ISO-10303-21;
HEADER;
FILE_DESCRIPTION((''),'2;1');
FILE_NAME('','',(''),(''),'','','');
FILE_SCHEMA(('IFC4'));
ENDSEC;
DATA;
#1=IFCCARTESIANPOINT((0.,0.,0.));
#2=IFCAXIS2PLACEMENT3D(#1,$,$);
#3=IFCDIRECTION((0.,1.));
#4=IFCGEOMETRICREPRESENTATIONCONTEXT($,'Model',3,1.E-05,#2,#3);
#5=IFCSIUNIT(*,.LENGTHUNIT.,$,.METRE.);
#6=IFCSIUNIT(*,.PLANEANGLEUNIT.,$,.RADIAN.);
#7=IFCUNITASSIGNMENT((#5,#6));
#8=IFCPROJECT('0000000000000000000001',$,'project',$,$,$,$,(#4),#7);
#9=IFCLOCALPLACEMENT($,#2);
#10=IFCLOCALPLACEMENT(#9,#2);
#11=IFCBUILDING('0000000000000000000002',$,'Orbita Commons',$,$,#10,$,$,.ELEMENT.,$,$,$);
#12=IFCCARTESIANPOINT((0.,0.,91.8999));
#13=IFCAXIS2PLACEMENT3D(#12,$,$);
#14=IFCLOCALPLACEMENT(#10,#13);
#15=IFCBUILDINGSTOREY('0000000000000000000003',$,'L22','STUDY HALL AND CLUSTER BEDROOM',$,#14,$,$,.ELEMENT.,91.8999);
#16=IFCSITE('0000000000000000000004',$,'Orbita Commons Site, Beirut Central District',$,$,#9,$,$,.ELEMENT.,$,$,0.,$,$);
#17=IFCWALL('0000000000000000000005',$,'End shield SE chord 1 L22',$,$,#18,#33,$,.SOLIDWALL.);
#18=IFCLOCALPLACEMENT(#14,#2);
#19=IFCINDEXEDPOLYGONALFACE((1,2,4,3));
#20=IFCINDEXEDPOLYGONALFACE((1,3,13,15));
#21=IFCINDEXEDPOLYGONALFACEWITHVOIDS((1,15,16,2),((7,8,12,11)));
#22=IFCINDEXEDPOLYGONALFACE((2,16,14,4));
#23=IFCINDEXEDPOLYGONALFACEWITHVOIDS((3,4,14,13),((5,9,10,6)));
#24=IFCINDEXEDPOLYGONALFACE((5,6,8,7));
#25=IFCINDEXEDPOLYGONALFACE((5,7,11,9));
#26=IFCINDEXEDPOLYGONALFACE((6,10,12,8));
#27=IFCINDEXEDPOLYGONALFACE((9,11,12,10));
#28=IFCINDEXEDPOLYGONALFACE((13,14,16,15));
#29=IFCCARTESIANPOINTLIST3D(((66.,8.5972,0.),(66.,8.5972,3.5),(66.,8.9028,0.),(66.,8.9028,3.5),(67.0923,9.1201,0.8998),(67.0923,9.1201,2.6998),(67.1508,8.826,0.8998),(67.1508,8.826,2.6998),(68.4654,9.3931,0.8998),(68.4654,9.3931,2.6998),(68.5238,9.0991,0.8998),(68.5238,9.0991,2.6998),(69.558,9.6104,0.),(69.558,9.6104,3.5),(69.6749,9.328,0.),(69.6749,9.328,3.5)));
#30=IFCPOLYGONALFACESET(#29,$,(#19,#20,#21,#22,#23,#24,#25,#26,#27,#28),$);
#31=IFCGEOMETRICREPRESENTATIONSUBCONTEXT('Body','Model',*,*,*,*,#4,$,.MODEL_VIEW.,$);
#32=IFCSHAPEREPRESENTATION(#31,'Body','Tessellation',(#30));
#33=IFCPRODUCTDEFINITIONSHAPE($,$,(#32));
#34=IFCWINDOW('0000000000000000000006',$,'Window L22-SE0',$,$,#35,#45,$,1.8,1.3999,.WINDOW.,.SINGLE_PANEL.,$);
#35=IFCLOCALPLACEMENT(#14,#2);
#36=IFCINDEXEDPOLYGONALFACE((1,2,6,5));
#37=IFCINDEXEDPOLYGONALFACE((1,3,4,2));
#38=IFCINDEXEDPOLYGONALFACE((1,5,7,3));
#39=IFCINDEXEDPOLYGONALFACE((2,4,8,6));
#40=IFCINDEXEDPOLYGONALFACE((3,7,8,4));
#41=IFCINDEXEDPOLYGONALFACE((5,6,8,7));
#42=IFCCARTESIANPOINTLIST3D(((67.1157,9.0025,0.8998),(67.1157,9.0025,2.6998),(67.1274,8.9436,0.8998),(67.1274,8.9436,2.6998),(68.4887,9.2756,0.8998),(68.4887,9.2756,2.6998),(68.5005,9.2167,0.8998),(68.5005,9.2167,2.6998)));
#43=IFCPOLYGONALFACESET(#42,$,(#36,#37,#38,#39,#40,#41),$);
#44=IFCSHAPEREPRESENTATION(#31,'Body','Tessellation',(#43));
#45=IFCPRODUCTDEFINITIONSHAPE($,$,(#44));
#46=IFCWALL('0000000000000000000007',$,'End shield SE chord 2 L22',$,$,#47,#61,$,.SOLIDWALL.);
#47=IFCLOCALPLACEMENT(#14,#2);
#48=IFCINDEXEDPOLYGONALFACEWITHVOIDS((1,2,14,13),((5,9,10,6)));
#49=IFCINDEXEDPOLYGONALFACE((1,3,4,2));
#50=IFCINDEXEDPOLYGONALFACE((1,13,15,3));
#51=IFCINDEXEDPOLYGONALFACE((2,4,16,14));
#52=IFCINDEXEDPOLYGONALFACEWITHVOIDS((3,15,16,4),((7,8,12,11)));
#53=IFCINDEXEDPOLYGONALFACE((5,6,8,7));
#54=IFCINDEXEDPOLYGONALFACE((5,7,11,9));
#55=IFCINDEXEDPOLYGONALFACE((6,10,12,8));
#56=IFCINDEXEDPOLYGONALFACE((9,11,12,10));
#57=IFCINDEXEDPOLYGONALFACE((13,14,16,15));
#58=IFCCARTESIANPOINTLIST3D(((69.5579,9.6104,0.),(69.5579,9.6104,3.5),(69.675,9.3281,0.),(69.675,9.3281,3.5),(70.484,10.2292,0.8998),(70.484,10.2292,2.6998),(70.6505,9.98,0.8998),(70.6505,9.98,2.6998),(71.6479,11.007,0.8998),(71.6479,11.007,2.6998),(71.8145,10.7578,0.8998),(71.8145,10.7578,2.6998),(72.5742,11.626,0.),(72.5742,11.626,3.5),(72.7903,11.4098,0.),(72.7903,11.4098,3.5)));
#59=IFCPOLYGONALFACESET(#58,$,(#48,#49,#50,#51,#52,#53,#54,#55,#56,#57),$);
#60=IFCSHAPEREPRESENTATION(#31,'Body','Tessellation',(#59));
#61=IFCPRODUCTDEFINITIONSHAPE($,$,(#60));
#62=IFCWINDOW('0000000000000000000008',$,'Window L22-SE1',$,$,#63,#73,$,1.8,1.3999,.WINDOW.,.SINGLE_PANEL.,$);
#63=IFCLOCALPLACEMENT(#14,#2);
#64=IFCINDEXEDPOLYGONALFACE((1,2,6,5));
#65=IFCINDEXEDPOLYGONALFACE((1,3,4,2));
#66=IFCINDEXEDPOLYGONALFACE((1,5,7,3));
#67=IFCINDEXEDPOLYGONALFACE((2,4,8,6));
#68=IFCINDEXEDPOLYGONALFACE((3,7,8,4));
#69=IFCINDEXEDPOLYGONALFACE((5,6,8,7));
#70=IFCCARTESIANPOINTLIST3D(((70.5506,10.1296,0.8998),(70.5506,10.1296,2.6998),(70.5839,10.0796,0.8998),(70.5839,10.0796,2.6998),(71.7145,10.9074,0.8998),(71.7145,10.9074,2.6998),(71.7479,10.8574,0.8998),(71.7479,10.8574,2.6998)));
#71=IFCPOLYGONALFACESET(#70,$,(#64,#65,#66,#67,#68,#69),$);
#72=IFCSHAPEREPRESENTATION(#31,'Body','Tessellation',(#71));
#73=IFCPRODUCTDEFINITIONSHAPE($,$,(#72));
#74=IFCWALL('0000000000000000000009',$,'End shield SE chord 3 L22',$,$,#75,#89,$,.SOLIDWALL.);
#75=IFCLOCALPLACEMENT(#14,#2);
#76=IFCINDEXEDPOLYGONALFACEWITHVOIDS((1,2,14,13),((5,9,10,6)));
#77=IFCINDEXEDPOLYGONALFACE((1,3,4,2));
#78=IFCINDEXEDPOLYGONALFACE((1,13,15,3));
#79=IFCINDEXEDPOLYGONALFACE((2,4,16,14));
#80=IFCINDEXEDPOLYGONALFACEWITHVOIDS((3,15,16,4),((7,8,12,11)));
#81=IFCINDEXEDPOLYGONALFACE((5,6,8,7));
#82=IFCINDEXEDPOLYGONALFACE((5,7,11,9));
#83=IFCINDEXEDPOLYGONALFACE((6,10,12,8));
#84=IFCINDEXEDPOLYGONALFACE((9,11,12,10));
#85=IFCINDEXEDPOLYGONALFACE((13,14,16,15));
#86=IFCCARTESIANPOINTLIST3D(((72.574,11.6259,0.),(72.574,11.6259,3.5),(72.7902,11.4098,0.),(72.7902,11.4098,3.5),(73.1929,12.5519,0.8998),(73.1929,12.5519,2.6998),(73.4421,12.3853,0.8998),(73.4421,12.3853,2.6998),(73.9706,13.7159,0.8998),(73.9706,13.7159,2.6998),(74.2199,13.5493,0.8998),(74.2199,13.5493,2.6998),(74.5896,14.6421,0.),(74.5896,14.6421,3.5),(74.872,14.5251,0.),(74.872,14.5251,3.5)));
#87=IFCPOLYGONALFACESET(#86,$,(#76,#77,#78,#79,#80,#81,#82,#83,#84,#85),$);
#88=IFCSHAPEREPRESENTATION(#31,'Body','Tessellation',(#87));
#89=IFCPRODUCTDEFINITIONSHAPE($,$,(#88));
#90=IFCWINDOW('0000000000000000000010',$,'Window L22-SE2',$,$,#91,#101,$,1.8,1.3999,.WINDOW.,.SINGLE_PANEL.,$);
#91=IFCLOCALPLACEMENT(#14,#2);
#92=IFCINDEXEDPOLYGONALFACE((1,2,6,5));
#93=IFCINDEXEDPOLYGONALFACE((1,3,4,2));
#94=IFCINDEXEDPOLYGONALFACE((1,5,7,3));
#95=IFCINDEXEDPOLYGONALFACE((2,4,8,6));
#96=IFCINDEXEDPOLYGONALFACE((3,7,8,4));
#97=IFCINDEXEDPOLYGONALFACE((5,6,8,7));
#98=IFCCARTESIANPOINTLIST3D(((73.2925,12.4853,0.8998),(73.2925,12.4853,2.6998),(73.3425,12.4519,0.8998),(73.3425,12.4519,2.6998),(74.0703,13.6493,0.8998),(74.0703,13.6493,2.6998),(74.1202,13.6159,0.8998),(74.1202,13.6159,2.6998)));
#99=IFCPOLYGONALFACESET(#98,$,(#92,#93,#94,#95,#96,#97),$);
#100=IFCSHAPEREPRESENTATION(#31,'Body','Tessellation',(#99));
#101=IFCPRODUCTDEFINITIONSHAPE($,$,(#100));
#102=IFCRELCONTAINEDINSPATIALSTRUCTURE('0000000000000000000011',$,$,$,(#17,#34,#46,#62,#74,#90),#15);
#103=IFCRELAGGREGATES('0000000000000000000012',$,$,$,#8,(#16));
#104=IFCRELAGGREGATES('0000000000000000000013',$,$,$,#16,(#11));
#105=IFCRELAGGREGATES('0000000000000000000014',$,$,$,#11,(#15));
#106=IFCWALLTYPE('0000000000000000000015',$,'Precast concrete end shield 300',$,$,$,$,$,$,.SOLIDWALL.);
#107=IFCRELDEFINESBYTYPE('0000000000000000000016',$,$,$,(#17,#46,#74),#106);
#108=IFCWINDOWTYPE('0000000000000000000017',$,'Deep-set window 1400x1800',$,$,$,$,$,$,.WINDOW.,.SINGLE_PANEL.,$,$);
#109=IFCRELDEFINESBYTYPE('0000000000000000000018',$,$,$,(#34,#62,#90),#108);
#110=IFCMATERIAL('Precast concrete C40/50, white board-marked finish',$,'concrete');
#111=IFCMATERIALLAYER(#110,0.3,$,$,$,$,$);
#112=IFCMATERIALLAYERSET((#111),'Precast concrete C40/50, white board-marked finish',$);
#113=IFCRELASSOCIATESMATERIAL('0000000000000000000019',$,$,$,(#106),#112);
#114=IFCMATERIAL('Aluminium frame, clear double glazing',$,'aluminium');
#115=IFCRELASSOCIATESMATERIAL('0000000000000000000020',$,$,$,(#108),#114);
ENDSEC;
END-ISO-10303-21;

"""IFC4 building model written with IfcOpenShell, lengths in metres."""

from ifc_helpers import new_model, si_unit, direction, frame, frame_2d, origin, place, context, subcontext, project, spatial, polyline, rectangle, outline, extrude, material, layer, layer_set, type_object, element, fill, save


model = new_model("IFC4")

# Units and contexts
model_context = context("Model", 3, precision=1e-05, world=origin(), true_north=direction((0.0, 1.0)))
body_context = subcontext(model_context, "Body", "Model", "MODEL_VIEW")
ifc_project = project(units=[si_unit("LENGTHUNIT", "METRE"), si_unit("PLANEANGLEUNIT", "RADIAN")], contexts=[model_context])

# Site, building, storey
site_placement = place(None, origin())
site = spatial("IfcSite", under=ifc_project, at=site_placement, Name="Orbita Commons Site, Beirut Central District", CompositionType="ELEMENT", RefElevation=0.0)
building_placement = place(site_placement, origin())
building = spatial("IfcBuilding", under=site, at=building_placement, Name="Orbita Commons", CompositionType="ELEMENT")
storey_placement = place(building_placement, frame((0.0, 0.0, 91.8999)))
storey = spatial("IfcBuildingStorey", under=building, at=storey_placement, Name="L22", Description="STUDY HALL AND CLUSTER BEDROOM", CompositionType="ELEMENT", Elevation=91.8999)

# Walls, openings, windows
ifc_material_1 = material(Name="Precast concrete C40/50, white board-marked finish", Category="concrete")
ifc_layer_1 = layer(ifc_material_1, 0.3)
ifc_layer_set_1 = layer_set([ifc_layer_1], Name="Precast concrete C40/50, white board-marked finish")
wall_type_1 = type_object("IfcWallType", Name="Precast concrete end shield 300", PredefinedType="SOLIDWALL", material=ifc_layer_set_1)
wall_1_placement = place(storey_placement, frame((66.0, 8.75, 0.0), z_axis=(0.0, 0.0, 1.0), x_axis=(0.980791, 0.195059, 0.0)))
wall_1 = element("IfcWall", 1, at=wall_1_placement, inside=storey, type_object=wall_type_1, Name="End shield SE chord 1 L22", PredefinedType="SOLIDWALL", context=body_context, shape_type="SweptSolid", body=[
    extrude(outline(polyline([(-0.0298, -0.1499), (3.717, -0.1499), (3.6575, 0.1499), (0.0298, 0.1499), (-0.0298, -0.1499)])), origin(), (0.0, 0.0, 1.0), 3.5),
])
opening_1_placement = place(wall_1_placement, frame((1.1436, 0.0, 0.8999)))
opening_1 = element("IfcOpeningElement", 2, at=opening_1_placement, cuts=wall_1, PredefinedType="OPENING", context=body_context, shape_type="SweptSolid", body=[
    extrude(rectangle(XDim=1.3999, YDim=1.8, at=frame_2d((0.7, 0.8999))), frame((0.0, 0.1599, 0.0), z_axis=(0.0, -1.0, 0.0), x_axis=(1.0, 0.0, 0.0)), (0.0, 0.0, 1.0), 0.3201),
])
ifc_material_2 = material(Name="Aluminium frame, clear double glazing", Category="aluminium")
window_type = type_object("IfcWindowType", Name="Deep-set window 1400x1800", PartitioningType="SINGLE_PANEL", PredefinedType="WINDOW", material=ifc_material_2)
window_1_placement = place(opening_1_placement, origin())
window_1 = element("IfcWindow", 3, at=window_1_placement, inside=storey, type_object=window_type, Name="Window L22-SE0", OverallHeight=1.8, OverallWidth=1.3999, PartitioningType="SINGLE_PANEL", PredefinedType="WINDOW", context=body_context, shape_type="SweptSolid", body=[
    extrude(rectangle(XDim=1.3999, YDim=1.8, at=frame_2d((0.7, 0.8999))), frame((0.0, 0.03, 0.0), z_axis=(0.0, -1.0, 0.0), x_axis=(1.0, 0.0, 0.0)), (0.0, 0.0, 1.0), 0.0601),
])
fill(opening_1, window_1)
wall_2_placement = place(storey_placement, frame((69.6165, 9.4692, 0.0), z_axis=(0.0, 0.0, 1.0), x_axis=(0.831449, 0.555601, 0.0)))
wall_2 = element("IfcWall", 4, at=wall_2_placement, inside=storey, type_object=wall_type_1, Name="End shield SE chord 2 L22", PredefinedType="SOLIDWALL", context=body_context, shape_type="SweptSolid", body=[
    extrude(outline(polyline([(-0.0298, -0.1499), (3.717, -0.1499), (3.6575, 0.1499), (0.0298, 0.1499), (-0.0298, -0.1499)])), origin(), (0.0, 0.0, 1.0), 3.5),
])
opening_2_placement = place(wall_2_placement, frame((1.1436, 0.0, 0.8999)))
opening_2 = element("IfcOpeningElement", 5, at=opening_2_placement, cuts=wall_2, PredefinedType="OPENING", context=body_context, shape_type="SweptSolid", body=[
    extrude(rectangle(XDim=1.3999, YDim=1.8, at=frame_2d((0.7, 0.8999))), frame((0.0, 0.1599, 0.0), z_axis=(0.0, -1.0, 0.0), x_axis=(1.0, 0.0, 0.0)), (0.0, 0.0, 1.0), 0.3201),
])
window_2_placement = place(opening_2_placement, origin())
window_2 = element("IfcWindow", 6, at=window_2_placement, inside=storey, type_object=window_type, Name="Window L22-SE1", OverallHeight=1.8, OverallWidth=1.3999, PartitioningType="SINGLE_PANEL", PredefinedType="WINDOW", context=body_context, shape_type="SweptSolid", body=[
    extrude(rectangle(XDim=1.3999, YDim=1.8, at=frame_2d((0.7, 0.8999))), frame((0.0, 0.03, 0.0), z_axis=(0.0, -1.0, 0.0), x_axis=(1.0, 0.0, 0.0)), (0.0, 0.0, 1.0), 0.0601),
])
fill(opening_2, window_2)
wall_3_placement = place(storey_placement, frame((72.6821, 11.5178, 0.0), z_axis=(0.0, 0.0, 1.0), x_axis=(0.555601, 0.831449, 0.0)))
wall_3 = element("IfcWall", 7, at=wall_3_placement, inside=storey, type_object=wall_type_1, Name="End shield SE chord 3 L22", PredefinedType="SOLIDWALL", context=body_context, shape_type="SweptSolid", body=[
    extrude(outline(polyline([(-0.0298, -0.1499), (3.717, -0.1499), (3.6575, 0.1499), (0.0298, 0.1499), (-0.0298, -0.1499)])), origin(), (0.0, 0.0, 1.0), 3.5),
])
opening_3_placement = place(wall_3_placement, frame((1.1436, 0.0, 0.8999)))
opening_3 = element("IfcOpeningElement", 8, at=opening_3_placement, cuts=wall_3, PredefinedType="OPENING", context=body_context, shape_type="SweptSolid", body=[
    extrude(rectangle(XDim=1.3999, YDim=1.8, at=frame_2d((0.7, 0.8999))), frame((0.0, 0.1599, 0.0), z_axis=(0.0, -1.0, 0.0), x_axis=(1.0, 0.0, 0.0)), (0.0, 0.0, 1.0), 0.3201),
])
window_3_placement = place(opening_3_placement, origin())
window_3 = element("IfcWindow", 9, at=window_3_placement, inside=storey, type_object=window_type, Name="Window L22-SE2", OverallHeight=1.8, OverallWidth=1.3999, PartitioningType="SINGLE_PANEL", PredefinedType="WINDOW", context=body_context, shape_type="SweptSolid", body=[
    extrude(rectangle(XDim=1.3999, YDim=1.8, at=frame_2d((0.7, 0.8999))), frame((0.0, 0.03, 0.0), z_axis=(0.0, -1.0, 0.0), x_axis=(1.0, 0.0, 0.0)), (0.0, 0.0, 1.0), 0.0601),
])
fill(opening_3, window_3)

save(model, "model.ifc")
